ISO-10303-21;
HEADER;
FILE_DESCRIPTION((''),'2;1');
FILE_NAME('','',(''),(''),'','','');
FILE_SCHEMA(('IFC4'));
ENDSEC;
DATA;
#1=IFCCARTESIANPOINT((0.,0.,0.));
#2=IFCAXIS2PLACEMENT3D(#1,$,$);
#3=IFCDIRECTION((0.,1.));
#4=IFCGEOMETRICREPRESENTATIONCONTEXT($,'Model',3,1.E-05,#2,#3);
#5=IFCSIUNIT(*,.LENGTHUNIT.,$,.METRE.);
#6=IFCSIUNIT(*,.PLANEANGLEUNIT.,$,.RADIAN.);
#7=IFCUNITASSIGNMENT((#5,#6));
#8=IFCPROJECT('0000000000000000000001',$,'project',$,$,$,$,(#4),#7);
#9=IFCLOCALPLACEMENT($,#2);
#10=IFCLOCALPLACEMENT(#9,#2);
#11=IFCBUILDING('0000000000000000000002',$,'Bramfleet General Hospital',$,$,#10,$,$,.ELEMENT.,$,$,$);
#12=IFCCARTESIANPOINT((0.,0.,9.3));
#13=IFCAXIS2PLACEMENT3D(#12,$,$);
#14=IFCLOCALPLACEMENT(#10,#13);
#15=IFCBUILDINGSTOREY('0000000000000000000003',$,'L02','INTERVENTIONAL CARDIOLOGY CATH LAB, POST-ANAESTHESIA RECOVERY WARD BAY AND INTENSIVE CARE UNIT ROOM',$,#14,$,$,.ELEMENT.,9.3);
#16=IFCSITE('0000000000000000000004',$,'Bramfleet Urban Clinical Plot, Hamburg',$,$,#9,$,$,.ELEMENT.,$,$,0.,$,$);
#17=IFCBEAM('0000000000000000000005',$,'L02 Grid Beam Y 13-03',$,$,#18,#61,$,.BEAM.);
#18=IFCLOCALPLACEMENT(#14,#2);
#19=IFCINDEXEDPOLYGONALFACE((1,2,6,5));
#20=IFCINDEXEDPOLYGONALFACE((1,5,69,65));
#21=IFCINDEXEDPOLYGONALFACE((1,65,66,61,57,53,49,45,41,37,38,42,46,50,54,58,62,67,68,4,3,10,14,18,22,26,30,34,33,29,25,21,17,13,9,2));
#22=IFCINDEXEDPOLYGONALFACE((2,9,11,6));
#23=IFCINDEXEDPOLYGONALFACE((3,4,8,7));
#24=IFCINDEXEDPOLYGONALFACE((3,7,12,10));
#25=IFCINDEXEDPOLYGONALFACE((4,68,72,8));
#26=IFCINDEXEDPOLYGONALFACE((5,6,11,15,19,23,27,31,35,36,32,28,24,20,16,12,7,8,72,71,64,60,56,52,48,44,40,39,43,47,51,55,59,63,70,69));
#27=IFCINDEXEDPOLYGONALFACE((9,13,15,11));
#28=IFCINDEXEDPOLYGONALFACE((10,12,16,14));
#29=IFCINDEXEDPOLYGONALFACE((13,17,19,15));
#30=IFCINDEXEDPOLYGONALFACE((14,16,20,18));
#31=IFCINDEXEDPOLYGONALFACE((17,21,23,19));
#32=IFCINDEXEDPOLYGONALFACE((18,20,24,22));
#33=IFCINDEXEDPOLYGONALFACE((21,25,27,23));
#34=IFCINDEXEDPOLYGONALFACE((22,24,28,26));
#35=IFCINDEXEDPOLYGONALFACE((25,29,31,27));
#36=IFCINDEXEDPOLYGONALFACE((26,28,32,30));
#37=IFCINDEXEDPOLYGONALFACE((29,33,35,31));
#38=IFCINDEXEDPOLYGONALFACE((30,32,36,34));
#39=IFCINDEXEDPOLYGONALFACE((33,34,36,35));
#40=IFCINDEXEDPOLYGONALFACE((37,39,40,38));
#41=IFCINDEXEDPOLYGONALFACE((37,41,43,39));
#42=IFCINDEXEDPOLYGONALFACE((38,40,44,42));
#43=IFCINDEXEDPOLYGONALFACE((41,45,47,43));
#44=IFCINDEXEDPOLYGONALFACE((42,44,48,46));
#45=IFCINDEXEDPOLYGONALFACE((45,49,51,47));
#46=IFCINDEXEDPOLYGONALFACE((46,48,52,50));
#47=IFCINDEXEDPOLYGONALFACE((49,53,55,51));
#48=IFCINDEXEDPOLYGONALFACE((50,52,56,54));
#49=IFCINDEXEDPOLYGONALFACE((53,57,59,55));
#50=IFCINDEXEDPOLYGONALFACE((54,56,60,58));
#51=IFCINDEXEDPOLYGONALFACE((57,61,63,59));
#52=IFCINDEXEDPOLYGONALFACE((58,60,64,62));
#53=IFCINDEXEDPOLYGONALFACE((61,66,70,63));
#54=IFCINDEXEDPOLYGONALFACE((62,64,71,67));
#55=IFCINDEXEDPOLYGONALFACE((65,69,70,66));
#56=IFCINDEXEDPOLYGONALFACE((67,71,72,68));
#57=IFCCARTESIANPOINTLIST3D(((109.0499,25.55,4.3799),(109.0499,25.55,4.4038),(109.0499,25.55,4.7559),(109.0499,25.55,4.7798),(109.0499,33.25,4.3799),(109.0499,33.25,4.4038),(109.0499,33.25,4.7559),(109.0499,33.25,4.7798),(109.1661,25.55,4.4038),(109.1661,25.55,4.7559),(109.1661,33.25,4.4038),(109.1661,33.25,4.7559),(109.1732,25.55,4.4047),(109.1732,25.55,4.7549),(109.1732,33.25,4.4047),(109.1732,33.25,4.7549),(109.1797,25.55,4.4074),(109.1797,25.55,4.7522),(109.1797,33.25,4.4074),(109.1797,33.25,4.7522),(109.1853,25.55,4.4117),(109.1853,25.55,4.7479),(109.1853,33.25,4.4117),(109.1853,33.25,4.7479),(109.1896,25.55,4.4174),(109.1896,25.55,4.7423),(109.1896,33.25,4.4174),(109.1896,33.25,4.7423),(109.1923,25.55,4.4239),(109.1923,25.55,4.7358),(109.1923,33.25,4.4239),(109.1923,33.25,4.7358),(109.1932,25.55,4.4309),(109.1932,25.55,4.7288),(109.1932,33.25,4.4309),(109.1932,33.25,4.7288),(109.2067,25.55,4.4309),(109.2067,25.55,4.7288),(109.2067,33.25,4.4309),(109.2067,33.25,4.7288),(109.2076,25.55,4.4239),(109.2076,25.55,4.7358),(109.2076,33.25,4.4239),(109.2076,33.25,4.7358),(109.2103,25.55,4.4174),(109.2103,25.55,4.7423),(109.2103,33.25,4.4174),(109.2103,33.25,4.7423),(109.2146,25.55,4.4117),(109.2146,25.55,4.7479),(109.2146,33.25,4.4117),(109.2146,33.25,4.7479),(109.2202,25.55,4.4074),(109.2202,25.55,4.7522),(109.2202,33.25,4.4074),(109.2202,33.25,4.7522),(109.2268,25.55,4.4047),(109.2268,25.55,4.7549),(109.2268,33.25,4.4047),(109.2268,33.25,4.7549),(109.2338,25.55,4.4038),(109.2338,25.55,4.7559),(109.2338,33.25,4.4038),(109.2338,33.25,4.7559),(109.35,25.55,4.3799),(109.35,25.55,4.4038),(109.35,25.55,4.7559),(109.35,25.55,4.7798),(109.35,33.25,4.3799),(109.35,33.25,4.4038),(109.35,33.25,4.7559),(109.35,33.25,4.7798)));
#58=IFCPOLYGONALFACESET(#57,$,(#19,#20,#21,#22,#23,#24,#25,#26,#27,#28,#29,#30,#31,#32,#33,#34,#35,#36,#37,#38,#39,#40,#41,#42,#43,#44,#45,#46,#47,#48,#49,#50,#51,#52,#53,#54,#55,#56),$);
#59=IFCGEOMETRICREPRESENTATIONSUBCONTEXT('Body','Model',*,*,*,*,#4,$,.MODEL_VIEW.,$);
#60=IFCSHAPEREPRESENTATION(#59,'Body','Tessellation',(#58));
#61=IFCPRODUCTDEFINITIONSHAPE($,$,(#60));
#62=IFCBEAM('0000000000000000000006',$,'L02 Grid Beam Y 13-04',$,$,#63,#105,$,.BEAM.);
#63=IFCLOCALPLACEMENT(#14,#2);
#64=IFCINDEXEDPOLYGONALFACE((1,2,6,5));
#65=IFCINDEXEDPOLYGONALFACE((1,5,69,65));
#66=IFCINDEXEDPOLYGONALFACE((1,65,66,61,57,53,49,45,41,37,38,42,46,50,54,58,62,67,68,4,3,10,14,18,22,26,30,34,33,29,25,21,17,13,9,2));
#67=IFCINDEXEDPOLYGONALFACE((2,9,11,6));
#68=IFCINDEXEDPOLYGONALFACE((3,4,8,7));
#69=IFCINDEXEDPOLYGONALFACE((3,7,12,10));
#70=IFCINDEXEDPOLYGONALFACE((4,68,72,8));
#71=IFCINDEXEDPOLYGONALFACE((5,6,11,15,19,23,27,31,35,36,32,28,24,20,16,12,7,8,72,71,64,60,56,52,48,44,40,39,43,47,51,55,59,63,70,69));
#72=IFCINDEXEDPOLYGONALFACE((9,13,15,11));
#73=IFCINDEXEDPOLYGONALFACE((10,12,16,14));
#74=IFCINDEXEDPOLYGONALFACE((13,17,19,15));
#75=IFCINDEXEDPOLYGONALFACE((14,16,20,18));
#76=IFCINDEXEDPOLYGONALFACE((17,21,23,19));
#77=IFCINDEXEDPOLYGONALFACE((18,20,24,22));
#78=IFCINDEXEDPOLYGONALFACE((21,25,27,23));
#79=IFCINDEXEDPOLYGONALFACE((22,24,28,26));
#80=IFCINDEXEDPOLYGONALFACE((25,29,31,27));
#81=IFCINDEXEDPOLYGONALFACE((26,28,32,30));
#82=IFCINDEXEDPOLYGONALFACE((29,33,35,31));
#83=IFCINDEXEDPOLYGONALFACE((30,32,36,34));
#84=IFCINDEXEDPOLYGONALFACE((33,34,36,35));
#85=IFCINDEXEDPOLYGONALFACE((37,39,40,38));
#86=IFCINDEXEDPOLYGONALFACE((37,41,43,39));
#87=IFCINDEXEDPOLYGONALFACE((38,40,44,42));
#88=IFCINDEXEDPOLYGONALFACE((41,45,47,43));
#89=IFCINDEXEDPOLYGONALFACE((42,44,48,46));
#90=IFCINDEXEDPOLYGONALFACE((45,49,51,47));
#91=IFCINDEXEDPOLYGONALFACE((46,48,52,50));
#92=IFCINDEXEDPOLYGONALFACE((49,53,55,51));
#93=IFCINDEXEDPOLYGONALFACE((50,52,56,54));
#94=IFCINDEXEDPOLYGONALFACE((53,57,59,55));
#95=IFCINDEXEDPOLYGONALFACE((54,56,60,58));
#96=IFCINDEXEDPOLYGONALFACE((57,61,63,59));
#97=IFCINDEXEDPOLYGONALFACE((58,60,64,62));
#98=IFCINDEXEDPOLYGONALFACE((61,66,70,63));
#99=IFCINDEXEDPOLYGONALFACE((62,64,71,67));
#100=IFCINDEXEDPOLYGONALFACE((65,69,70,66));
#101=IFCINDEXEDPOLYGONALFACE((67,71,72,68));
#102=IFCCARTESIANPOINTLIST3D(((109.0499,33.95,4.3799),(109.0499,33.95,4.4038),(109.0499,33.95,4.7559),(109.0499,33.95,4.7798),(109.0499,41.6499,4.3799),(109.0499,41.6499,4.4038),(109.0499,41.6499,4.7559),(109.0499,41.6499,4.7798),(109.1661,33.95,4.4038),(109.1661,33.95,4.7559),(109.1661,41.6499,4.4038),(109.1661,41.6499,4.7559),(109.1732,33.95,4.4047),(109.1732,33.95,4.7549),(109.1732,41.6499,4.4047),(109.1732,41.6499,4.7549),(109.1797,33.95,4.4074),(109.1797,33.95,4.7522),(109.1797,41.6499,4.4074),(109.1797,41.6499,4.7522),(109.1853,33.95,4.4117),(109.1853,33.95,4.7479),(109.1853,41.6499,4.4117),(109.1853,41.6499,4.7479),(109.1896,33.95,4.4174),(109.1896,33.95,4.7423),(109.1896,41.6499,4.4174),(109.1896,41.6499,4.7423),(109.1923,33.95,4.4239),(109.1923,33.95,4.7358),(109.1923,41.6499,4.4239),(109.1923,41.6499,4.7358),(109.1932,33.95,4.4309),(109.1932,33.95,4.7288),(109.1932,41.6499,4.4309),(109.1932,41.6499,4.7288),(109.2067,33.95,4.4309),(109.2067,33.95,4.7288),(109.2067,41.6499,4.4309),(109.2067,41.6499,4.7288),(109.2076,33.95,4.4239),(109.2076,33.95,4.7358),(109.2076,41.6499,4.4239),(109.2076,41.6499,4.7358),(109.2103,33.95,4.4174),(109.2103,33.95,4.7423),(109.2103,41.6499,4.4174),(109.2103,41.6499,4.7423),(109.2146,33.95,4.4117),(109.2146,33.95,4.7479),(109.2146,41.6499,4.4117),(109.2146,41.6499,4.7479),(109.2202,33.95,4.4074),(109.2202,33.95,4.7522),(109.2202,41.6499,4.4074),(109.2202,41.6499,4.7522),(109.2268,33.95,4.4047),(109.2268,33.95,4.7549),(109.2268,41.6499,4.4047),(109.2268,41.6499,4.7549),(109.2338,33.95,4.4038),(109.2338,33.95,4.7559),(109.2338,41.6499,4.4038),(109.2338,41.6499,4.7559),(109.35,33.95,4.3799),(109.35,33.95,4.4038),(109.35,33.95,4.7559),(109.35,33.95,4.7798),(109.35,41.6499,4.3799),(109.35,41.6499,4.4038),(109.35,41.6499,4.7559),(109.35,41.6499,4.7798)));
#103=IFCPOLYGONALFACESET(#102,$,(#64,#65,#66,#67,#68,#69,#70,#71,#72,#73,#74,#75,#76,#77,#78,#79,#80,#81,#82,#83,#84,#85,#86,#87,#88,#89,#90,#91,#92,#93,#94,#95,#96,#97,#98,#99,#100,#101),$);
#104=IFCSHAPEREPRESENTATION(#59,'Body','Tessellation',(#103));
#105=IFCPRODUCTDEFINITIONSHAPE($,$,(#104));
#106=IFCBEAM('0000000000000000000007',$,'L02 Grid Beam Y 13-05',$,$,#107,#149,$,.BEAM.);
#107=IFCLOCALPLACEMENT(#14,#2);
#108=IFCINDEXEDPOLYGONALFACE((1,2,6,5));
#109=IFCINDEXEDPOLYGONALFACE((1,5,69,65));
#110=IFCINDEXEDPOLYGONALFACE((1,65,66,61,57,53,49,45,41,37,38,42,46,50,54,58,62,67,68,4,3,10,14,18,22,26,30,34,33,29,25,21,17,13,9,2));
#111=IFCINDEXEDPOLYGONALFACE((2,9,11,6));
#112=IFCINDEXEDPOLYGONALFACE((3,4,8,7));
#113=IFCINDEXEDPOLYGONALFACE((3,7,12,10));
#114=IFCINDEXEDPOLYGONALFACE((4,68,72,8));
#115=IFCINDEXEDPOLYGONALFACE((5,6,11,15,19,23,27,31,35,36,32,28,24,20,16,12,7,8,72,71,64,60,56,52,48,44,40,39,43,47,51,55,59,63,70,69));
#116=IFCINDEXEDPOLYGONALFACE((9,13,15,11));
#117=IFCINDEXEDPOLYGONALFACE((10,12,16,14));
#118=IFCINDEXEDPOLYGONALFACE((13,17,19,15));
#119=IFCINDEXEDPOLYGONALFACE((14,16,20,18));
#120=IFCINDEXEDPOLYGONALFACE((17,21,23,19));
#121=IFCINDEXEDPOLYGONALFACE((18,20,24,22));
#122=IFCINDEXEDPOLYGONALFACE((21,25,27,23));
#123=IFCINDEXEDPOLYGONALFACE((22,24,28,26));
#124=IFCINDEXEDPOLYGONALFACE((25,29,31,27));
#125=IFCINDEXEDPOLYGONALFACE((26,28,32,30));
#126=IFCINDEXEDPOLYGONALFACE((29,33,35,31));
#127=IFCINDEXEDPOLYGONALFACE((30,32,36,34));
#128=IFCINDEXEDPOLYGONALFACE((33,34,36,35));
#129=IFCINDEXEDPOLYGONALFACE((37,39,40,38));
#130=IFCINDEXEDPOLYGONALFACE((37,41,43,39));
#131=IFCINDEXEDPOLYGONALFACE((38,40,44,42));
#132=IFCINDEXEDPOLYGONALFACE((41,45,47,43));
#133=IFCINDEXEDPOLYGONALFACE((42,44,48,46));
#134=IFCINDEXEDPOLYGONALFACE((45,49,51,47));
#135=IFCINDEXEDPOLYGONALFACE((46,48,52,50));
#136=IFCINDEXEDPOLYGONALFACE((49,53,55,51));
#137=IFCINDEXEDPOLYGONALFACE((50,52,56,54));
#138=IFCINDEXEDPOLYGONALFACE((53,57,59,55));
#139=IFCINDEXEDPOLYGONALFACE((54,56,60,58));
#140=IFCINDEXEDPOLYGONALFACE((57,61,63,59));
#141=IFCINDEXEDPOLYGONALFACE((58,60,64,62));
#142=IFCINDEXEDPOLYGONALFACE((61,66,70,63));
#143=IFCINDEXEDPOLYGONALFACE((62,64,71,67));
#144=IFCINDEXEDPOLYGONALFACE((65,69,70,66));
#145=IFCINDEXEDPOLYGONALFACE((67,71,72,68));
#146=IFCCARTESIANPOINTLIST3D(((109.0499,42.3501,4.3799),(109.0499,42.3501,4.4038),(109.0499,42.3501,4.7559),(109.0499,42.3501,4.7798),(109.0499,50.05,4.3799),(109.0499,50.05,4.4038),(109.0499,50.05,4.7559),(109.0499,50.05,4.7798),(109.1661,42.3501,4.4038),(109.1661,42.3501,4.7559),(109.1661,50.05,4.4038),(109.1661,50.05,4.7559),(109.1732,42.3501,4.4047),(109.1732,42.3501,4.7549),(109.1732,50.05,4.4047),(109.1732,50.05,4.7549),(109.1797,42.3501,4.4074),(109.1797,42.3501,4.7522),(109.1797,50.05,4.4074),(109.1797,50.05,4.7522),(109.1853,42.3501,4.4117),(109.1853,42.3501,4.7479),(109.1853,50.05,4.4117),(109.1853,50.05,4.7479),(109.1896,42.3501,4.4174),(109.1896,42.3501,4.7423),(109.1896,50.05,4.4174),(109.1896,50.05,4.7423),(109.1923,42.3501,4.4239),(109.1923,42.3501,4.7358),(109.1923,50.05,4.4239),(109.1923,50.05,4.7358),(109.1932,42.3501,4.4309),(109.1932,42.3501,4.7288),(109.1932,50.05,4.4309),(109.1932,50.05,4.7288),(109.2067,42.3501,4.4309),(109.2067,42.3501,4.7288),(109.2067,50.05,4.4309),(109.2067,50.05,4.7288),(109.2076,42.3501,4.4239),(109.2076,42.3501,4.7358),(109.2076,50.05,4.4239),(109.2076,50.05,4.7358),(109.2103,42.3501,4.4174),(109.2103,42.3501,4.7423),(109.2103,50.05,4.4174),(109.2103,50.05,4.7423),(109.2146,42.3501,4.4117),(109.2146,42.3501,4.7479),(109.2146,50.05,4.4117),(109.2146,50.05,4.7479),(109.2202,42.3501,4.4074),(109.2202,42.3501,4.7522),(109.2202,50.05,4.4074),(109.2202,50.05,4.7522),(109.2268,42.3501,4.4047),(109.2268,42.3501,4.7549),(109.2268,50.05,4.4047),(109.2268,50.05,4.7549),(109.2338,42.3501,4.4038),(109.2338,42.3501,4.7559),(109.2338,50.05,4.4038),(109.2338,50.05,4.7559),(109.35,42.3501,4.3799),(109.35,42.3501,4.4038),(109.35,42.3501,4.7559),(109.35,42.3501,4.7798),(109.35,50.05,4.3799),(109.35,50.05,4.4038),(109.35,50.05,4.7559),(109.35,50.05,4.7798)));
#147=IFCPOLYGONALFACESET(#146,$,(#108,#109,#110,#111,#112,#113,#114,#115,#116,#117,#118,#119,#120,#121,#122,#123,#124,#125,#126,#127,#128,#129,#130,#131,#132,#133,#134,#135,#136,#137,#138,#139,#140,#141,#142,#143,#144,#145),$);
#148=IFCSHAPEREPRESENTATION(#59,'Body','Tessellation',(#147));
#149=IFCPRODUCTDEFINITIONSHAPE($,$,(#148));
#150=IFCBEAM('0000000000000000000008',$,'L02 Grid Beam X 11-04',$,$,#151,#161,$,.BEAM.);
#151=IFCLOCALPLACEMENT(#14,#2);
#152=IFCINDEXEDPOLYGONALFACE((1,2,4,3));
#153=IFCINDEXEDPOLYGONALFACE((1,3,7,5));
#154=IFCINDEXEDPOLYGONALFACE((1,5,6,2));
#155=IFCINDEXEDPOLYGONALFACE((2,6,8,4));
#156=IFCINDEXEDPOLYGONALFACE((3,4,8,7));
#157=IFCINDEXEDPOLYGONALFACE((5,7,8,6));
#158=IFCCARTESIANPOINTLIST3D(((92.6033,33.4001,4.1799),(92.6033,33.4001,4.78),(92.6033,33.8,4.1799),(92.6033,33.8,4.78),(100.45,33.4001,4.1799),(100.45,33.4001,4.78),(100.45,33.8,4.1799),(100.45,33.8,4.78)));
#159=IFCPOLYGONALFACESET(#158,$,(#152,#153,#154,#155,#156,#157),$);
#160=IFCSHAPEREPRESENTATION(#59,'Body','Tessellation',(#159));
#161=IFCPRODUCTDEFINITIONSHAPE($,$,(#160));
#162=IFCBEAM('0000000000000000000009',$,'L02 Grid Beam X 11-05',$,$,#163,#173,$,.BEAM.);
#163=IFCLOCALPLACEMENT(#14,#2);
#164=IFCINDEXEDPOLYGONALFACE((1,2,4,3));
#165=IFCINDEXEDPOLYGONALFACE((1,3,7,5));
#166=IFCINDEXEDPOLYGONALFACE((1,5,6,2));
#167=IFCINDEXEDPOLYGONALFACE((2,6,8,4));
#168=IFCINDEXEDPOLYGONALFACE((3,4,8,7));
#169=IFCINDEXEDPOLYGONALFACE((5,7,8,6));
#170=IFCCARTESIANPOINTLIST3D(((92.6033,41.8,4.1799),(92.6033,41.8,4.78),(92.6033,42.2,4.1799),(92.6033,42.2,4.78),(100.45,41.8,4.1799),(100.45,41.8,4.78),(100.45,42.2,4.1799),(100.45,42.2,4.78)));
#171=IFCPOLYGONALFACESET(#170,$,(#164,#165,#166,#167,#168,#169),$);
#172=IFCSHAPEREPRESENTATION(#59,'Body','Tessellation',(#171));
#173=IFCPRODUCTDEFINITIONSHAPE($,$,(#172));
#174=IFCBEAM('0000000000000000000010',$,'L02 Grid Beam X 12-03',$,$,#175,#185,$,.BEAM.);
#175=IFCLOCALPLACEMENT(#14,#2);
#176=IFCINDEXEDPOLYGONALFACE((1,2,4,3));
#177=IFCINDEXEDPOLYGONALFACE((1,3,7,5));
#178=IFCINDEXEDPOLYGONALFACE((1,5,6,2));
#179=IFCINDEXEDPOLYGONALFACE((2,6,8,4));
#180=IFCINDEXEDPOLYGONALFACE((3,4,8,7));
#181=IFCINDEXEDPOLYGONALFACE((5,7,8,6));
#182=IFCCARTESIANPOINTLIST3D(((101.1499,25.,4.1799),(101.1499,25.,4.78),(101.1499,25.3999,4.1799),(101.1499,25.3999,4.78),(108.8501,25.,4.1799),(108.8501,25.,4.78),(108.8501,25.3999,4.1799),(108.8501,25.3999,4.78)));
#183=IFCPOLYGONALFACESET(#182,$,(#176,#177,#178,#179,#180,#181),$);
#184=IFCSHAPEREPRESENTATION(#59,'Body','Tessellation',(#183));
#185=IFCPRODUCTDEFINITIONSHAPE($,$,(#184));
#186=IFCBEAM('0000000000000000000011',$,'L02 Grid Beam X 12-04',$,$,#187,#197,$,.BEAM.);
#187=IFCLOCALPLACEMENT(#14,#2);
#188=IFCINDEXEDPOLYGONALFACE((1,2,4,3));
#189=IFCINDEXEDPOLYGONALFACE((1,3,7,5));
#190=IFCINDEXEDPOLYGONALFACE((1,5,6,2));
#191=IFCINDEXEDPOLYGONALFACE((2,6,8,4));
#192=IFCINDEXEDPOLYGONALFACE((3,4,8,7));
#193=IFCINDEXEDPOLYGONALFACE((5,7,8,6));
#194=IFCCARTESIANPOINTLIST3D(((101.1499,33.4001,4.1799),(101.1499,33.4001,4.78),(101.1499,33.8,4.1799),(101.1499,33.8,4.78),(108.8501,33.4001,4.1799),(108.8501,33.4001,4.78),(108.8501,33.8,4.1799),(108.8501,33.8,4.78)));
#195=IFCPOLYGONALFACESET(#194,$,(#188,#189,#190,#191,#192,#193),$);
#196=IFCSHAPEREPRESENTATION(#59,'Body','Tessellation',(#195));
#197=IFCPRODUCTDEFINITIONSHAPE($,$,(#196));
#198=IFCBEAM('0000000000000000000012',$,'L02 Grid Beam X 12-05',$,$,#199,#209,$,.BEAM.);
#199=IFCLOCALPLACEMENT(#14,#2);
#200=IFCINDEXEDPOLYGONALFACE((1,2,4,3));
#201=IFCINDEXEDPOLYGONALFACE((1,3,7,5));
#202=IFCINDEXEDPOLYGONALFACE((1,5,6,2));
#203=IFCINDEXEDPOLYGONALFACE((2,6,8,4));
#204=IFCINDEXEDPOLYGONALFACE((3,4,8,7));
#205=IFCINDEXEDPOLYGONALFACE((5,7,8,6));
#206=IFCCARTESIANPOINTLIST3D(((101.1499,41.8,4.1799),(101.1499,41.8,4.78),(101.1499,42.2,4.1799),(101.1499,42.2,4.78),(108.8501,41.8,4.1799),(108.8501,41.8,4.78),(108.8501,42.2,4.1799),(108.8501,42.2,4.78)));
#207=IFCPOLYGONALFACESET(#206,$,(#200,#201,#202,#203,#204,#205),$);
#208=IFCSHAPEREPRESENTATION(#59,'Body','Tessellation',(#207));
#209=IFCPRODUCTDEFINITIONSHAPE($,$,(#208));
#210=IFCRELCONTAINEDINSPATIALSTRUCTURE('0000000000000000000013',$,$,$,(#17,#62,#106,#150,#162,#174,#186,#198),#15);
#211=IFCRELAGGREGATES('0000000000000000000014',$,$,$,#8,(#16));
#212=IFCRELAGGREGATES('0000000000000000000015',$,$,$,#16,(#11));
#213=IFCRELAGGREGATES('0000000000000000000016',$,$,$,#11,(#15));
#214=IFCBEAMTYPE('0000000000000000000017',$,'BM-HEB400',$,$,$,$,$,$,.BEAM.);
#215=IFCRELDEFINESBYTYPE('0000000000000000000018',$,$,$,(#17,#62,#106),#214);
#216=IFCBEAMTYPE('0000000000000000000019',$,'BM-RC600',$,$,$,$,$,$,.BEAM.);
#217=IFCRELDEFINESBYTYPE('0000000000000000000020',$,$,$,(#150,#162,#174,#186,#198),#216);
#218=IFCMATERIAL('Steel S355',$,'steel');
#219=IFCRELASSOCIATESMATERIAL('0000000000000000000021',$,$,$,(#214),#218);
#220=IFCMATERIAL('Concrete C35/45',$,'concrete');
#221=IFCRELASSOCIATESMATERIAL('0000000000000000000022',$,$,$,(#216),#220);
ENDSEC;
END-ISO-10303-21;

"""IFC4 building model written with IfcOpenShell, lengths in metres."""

from ifc_helpers import new_model, si_unit, direction, frame, origin, origin_2d, place, context, subcontext, project, spatial, rectangle, i_section, extrude, material, material_profile, profile_set, type_object, element, save


model = new_model("IFC4")

# Units and contexts
model_context = context("Model", 3, precision=1e-05, world=origin(), true_north=direction((0.0, 1.0)))
body_context = subcontext(model_context, "Body", "Model", "MODEL_VIEW")
ifc_project = project(units=[si_unit("LENGTHUNIT", "METRE"), si_unit("PLANEANGLEUNIT", "RADIAN")], contexts=[model_context])

# Site, building, storey
site_placement = place(None, origin())
site = spatial("IfcSite", under=ifc_project, at=site_placement, Name="Bramfleet Urban Clinical Plot, Hamburg", CompositionType="ELEMENT", RefElevation=0.0)
building_placement = place(site_placement, origin())
building = spatial("IfcBuilding", under=site, at=building_placement, Name="Bramfleet General Hospital", CompositionType="ELEMENT")
storey_placement = place(building_placement, frame((0.0, 0.0, 9.3)))
storey = spatial("IfcBuildingStorey", under=building, at=storey_placement, Name="L02", Description="INTERVENTIONAL CARDIOLOGY CATH LAB, POST-ANAESTHESIA RECOVERY WARD BAY AND INTENSIVE CARE UNIT ROOM", CompositionType="ELEMENT", Elevation=9.3)

# Shared definitions
ifc_material_1 = material(Name="Steel S355", Category="steel")

# Beams
ifc_material_profile_1 = material_profile(ifc_material_1, i_section(OverallWidth=0.3, OverallDepth=0.3999, WebThickness=0.0134, FlangeThickness=0.0239, FilletRadius=0.0271, at=origin_2d()), Name="HEB 400")
ifc_profile_set_1 = profile_set([ifc_material_profile_1], Name="Steel S355")
beam_type_1 = type_object("IfcBeamType", Name="BM-HEB400", PredefinedType="BEAM", material=ifc_profile_set_1)
for number, where, z_axis, x_axis, name in (
    (1, (109.2, 25.55, 4.5798), (0.0, 1.0, 0.0), (-1.0, 0.0, 0.0), "L02 Grid Beam Y 13-03"),
    (2, (109.2, 33.95, 4.5798), (0.0, 1.0, 0.0), (-1.0, 0.0, 0.0), "L02 Grid Beam Y 13-04"),
    (3, (109.2, 42.3501, 4.5798), (0.0, 1.0, 0.0), (-1.0, 0.0, 0.0), "L02 Grid Beam Y 13-05"),
):
    element("IfcBeam", number, at=place(storey_placement, frame(where, z_axis=z_axis, x_axis=x_axis)), inside=storey, type_object=beam_type_1, Name=name, PredefinedType="BEAM", context=body_context, shape_type="SweptSolid", body=[
        extrude(i_section(OverallWidth=0.3, OverallDepth=0.3999, WebThickness=0.0134, FlangeThickness=0.0239, FilletRadius=0.0271, at=origin_2d()), origin(), (0.0, 0.0, 1.0), 7.7),
    ])
ifc_material_2 = material(Name="Concrete C35/45", Category="concrete")
ifc_material_profile_2 = material_profile(ifc_material_2, rectangle(XDim=0.3999, YDim=0.6001, at=origin_2d()), Name="RC BM 600x400")
ifc_profile_set_2 = profile_set([ifc_material_profile_2], Name="Concrete C35/45")
beam_type_2 = type_object("IfcBeamType", Name="BM-RC600", PredefinedType="BEAM", material=ifc_profile_set_2)
for number, where, z_axis, x_axis, name in (
    (4, (92.6033, 33.6001, 4.48), (1.0, 0.0, 0.0), (0.0, 1.0, 0.0), "L02 Grid Beam X 11-04"),
    (5, (92.6033, 42.0, 4.48), (1.0, 0.0, 0.0), (0.0, 1.0, 0.0), "L02 Grid Beam X 11-05"),
):
    element("IfcBeam", number, at=place(storey_placement, frame(where, z_axis=z_axis, x_axis=x_axis)), inside=storey, type_object=beam_type_2, Name=name, PredefinedType="BEAM", context=body_context, shape_type="SweptSolid", body=[
        extrude(rectangle(XDim=0.3999, YDim=0.6001, at=origin_2d()), origin(), (0.0, 0.0, 1.0), 7.8467),
    ])
for number, where, z_axis, x_axis, name in (
    (6, (101.1499, 25.2, 4.48), (1.0, 0.0, 0.0), (0.0, 1.0, 0.0), "L02 Grid Beam X 12-03"),
    (7, (101.1499, 33.6001, 4.48), (1.0, 0.0, 0.0), (0.0, 1.0, 0.0), "L02 Grid Beam X 12-04"),
    (8, (101.1499, 42.0, 4.48), (1.0, 0.0, 0.0), (0.0, 1.0, 0.0), "L02 Grid Beam X 12-05"),
):
    element("IfcBeam", number, at=place(storey_placement, frame(where, z_axis=z_axis, x_axis=x_axis)), inside=storey, type_object=beam_type_2, Name=name, PredefinedType="BEAM", context=body_context, shape_type="SweptSolid", body=[
        extrude(rectangle(XDim=0.3999, YDim=0.6001, at=origin_2d()), origin(), (0.0, 0.0, 1.0), 7.7002),
    ])

save(model, "model.ifc")
